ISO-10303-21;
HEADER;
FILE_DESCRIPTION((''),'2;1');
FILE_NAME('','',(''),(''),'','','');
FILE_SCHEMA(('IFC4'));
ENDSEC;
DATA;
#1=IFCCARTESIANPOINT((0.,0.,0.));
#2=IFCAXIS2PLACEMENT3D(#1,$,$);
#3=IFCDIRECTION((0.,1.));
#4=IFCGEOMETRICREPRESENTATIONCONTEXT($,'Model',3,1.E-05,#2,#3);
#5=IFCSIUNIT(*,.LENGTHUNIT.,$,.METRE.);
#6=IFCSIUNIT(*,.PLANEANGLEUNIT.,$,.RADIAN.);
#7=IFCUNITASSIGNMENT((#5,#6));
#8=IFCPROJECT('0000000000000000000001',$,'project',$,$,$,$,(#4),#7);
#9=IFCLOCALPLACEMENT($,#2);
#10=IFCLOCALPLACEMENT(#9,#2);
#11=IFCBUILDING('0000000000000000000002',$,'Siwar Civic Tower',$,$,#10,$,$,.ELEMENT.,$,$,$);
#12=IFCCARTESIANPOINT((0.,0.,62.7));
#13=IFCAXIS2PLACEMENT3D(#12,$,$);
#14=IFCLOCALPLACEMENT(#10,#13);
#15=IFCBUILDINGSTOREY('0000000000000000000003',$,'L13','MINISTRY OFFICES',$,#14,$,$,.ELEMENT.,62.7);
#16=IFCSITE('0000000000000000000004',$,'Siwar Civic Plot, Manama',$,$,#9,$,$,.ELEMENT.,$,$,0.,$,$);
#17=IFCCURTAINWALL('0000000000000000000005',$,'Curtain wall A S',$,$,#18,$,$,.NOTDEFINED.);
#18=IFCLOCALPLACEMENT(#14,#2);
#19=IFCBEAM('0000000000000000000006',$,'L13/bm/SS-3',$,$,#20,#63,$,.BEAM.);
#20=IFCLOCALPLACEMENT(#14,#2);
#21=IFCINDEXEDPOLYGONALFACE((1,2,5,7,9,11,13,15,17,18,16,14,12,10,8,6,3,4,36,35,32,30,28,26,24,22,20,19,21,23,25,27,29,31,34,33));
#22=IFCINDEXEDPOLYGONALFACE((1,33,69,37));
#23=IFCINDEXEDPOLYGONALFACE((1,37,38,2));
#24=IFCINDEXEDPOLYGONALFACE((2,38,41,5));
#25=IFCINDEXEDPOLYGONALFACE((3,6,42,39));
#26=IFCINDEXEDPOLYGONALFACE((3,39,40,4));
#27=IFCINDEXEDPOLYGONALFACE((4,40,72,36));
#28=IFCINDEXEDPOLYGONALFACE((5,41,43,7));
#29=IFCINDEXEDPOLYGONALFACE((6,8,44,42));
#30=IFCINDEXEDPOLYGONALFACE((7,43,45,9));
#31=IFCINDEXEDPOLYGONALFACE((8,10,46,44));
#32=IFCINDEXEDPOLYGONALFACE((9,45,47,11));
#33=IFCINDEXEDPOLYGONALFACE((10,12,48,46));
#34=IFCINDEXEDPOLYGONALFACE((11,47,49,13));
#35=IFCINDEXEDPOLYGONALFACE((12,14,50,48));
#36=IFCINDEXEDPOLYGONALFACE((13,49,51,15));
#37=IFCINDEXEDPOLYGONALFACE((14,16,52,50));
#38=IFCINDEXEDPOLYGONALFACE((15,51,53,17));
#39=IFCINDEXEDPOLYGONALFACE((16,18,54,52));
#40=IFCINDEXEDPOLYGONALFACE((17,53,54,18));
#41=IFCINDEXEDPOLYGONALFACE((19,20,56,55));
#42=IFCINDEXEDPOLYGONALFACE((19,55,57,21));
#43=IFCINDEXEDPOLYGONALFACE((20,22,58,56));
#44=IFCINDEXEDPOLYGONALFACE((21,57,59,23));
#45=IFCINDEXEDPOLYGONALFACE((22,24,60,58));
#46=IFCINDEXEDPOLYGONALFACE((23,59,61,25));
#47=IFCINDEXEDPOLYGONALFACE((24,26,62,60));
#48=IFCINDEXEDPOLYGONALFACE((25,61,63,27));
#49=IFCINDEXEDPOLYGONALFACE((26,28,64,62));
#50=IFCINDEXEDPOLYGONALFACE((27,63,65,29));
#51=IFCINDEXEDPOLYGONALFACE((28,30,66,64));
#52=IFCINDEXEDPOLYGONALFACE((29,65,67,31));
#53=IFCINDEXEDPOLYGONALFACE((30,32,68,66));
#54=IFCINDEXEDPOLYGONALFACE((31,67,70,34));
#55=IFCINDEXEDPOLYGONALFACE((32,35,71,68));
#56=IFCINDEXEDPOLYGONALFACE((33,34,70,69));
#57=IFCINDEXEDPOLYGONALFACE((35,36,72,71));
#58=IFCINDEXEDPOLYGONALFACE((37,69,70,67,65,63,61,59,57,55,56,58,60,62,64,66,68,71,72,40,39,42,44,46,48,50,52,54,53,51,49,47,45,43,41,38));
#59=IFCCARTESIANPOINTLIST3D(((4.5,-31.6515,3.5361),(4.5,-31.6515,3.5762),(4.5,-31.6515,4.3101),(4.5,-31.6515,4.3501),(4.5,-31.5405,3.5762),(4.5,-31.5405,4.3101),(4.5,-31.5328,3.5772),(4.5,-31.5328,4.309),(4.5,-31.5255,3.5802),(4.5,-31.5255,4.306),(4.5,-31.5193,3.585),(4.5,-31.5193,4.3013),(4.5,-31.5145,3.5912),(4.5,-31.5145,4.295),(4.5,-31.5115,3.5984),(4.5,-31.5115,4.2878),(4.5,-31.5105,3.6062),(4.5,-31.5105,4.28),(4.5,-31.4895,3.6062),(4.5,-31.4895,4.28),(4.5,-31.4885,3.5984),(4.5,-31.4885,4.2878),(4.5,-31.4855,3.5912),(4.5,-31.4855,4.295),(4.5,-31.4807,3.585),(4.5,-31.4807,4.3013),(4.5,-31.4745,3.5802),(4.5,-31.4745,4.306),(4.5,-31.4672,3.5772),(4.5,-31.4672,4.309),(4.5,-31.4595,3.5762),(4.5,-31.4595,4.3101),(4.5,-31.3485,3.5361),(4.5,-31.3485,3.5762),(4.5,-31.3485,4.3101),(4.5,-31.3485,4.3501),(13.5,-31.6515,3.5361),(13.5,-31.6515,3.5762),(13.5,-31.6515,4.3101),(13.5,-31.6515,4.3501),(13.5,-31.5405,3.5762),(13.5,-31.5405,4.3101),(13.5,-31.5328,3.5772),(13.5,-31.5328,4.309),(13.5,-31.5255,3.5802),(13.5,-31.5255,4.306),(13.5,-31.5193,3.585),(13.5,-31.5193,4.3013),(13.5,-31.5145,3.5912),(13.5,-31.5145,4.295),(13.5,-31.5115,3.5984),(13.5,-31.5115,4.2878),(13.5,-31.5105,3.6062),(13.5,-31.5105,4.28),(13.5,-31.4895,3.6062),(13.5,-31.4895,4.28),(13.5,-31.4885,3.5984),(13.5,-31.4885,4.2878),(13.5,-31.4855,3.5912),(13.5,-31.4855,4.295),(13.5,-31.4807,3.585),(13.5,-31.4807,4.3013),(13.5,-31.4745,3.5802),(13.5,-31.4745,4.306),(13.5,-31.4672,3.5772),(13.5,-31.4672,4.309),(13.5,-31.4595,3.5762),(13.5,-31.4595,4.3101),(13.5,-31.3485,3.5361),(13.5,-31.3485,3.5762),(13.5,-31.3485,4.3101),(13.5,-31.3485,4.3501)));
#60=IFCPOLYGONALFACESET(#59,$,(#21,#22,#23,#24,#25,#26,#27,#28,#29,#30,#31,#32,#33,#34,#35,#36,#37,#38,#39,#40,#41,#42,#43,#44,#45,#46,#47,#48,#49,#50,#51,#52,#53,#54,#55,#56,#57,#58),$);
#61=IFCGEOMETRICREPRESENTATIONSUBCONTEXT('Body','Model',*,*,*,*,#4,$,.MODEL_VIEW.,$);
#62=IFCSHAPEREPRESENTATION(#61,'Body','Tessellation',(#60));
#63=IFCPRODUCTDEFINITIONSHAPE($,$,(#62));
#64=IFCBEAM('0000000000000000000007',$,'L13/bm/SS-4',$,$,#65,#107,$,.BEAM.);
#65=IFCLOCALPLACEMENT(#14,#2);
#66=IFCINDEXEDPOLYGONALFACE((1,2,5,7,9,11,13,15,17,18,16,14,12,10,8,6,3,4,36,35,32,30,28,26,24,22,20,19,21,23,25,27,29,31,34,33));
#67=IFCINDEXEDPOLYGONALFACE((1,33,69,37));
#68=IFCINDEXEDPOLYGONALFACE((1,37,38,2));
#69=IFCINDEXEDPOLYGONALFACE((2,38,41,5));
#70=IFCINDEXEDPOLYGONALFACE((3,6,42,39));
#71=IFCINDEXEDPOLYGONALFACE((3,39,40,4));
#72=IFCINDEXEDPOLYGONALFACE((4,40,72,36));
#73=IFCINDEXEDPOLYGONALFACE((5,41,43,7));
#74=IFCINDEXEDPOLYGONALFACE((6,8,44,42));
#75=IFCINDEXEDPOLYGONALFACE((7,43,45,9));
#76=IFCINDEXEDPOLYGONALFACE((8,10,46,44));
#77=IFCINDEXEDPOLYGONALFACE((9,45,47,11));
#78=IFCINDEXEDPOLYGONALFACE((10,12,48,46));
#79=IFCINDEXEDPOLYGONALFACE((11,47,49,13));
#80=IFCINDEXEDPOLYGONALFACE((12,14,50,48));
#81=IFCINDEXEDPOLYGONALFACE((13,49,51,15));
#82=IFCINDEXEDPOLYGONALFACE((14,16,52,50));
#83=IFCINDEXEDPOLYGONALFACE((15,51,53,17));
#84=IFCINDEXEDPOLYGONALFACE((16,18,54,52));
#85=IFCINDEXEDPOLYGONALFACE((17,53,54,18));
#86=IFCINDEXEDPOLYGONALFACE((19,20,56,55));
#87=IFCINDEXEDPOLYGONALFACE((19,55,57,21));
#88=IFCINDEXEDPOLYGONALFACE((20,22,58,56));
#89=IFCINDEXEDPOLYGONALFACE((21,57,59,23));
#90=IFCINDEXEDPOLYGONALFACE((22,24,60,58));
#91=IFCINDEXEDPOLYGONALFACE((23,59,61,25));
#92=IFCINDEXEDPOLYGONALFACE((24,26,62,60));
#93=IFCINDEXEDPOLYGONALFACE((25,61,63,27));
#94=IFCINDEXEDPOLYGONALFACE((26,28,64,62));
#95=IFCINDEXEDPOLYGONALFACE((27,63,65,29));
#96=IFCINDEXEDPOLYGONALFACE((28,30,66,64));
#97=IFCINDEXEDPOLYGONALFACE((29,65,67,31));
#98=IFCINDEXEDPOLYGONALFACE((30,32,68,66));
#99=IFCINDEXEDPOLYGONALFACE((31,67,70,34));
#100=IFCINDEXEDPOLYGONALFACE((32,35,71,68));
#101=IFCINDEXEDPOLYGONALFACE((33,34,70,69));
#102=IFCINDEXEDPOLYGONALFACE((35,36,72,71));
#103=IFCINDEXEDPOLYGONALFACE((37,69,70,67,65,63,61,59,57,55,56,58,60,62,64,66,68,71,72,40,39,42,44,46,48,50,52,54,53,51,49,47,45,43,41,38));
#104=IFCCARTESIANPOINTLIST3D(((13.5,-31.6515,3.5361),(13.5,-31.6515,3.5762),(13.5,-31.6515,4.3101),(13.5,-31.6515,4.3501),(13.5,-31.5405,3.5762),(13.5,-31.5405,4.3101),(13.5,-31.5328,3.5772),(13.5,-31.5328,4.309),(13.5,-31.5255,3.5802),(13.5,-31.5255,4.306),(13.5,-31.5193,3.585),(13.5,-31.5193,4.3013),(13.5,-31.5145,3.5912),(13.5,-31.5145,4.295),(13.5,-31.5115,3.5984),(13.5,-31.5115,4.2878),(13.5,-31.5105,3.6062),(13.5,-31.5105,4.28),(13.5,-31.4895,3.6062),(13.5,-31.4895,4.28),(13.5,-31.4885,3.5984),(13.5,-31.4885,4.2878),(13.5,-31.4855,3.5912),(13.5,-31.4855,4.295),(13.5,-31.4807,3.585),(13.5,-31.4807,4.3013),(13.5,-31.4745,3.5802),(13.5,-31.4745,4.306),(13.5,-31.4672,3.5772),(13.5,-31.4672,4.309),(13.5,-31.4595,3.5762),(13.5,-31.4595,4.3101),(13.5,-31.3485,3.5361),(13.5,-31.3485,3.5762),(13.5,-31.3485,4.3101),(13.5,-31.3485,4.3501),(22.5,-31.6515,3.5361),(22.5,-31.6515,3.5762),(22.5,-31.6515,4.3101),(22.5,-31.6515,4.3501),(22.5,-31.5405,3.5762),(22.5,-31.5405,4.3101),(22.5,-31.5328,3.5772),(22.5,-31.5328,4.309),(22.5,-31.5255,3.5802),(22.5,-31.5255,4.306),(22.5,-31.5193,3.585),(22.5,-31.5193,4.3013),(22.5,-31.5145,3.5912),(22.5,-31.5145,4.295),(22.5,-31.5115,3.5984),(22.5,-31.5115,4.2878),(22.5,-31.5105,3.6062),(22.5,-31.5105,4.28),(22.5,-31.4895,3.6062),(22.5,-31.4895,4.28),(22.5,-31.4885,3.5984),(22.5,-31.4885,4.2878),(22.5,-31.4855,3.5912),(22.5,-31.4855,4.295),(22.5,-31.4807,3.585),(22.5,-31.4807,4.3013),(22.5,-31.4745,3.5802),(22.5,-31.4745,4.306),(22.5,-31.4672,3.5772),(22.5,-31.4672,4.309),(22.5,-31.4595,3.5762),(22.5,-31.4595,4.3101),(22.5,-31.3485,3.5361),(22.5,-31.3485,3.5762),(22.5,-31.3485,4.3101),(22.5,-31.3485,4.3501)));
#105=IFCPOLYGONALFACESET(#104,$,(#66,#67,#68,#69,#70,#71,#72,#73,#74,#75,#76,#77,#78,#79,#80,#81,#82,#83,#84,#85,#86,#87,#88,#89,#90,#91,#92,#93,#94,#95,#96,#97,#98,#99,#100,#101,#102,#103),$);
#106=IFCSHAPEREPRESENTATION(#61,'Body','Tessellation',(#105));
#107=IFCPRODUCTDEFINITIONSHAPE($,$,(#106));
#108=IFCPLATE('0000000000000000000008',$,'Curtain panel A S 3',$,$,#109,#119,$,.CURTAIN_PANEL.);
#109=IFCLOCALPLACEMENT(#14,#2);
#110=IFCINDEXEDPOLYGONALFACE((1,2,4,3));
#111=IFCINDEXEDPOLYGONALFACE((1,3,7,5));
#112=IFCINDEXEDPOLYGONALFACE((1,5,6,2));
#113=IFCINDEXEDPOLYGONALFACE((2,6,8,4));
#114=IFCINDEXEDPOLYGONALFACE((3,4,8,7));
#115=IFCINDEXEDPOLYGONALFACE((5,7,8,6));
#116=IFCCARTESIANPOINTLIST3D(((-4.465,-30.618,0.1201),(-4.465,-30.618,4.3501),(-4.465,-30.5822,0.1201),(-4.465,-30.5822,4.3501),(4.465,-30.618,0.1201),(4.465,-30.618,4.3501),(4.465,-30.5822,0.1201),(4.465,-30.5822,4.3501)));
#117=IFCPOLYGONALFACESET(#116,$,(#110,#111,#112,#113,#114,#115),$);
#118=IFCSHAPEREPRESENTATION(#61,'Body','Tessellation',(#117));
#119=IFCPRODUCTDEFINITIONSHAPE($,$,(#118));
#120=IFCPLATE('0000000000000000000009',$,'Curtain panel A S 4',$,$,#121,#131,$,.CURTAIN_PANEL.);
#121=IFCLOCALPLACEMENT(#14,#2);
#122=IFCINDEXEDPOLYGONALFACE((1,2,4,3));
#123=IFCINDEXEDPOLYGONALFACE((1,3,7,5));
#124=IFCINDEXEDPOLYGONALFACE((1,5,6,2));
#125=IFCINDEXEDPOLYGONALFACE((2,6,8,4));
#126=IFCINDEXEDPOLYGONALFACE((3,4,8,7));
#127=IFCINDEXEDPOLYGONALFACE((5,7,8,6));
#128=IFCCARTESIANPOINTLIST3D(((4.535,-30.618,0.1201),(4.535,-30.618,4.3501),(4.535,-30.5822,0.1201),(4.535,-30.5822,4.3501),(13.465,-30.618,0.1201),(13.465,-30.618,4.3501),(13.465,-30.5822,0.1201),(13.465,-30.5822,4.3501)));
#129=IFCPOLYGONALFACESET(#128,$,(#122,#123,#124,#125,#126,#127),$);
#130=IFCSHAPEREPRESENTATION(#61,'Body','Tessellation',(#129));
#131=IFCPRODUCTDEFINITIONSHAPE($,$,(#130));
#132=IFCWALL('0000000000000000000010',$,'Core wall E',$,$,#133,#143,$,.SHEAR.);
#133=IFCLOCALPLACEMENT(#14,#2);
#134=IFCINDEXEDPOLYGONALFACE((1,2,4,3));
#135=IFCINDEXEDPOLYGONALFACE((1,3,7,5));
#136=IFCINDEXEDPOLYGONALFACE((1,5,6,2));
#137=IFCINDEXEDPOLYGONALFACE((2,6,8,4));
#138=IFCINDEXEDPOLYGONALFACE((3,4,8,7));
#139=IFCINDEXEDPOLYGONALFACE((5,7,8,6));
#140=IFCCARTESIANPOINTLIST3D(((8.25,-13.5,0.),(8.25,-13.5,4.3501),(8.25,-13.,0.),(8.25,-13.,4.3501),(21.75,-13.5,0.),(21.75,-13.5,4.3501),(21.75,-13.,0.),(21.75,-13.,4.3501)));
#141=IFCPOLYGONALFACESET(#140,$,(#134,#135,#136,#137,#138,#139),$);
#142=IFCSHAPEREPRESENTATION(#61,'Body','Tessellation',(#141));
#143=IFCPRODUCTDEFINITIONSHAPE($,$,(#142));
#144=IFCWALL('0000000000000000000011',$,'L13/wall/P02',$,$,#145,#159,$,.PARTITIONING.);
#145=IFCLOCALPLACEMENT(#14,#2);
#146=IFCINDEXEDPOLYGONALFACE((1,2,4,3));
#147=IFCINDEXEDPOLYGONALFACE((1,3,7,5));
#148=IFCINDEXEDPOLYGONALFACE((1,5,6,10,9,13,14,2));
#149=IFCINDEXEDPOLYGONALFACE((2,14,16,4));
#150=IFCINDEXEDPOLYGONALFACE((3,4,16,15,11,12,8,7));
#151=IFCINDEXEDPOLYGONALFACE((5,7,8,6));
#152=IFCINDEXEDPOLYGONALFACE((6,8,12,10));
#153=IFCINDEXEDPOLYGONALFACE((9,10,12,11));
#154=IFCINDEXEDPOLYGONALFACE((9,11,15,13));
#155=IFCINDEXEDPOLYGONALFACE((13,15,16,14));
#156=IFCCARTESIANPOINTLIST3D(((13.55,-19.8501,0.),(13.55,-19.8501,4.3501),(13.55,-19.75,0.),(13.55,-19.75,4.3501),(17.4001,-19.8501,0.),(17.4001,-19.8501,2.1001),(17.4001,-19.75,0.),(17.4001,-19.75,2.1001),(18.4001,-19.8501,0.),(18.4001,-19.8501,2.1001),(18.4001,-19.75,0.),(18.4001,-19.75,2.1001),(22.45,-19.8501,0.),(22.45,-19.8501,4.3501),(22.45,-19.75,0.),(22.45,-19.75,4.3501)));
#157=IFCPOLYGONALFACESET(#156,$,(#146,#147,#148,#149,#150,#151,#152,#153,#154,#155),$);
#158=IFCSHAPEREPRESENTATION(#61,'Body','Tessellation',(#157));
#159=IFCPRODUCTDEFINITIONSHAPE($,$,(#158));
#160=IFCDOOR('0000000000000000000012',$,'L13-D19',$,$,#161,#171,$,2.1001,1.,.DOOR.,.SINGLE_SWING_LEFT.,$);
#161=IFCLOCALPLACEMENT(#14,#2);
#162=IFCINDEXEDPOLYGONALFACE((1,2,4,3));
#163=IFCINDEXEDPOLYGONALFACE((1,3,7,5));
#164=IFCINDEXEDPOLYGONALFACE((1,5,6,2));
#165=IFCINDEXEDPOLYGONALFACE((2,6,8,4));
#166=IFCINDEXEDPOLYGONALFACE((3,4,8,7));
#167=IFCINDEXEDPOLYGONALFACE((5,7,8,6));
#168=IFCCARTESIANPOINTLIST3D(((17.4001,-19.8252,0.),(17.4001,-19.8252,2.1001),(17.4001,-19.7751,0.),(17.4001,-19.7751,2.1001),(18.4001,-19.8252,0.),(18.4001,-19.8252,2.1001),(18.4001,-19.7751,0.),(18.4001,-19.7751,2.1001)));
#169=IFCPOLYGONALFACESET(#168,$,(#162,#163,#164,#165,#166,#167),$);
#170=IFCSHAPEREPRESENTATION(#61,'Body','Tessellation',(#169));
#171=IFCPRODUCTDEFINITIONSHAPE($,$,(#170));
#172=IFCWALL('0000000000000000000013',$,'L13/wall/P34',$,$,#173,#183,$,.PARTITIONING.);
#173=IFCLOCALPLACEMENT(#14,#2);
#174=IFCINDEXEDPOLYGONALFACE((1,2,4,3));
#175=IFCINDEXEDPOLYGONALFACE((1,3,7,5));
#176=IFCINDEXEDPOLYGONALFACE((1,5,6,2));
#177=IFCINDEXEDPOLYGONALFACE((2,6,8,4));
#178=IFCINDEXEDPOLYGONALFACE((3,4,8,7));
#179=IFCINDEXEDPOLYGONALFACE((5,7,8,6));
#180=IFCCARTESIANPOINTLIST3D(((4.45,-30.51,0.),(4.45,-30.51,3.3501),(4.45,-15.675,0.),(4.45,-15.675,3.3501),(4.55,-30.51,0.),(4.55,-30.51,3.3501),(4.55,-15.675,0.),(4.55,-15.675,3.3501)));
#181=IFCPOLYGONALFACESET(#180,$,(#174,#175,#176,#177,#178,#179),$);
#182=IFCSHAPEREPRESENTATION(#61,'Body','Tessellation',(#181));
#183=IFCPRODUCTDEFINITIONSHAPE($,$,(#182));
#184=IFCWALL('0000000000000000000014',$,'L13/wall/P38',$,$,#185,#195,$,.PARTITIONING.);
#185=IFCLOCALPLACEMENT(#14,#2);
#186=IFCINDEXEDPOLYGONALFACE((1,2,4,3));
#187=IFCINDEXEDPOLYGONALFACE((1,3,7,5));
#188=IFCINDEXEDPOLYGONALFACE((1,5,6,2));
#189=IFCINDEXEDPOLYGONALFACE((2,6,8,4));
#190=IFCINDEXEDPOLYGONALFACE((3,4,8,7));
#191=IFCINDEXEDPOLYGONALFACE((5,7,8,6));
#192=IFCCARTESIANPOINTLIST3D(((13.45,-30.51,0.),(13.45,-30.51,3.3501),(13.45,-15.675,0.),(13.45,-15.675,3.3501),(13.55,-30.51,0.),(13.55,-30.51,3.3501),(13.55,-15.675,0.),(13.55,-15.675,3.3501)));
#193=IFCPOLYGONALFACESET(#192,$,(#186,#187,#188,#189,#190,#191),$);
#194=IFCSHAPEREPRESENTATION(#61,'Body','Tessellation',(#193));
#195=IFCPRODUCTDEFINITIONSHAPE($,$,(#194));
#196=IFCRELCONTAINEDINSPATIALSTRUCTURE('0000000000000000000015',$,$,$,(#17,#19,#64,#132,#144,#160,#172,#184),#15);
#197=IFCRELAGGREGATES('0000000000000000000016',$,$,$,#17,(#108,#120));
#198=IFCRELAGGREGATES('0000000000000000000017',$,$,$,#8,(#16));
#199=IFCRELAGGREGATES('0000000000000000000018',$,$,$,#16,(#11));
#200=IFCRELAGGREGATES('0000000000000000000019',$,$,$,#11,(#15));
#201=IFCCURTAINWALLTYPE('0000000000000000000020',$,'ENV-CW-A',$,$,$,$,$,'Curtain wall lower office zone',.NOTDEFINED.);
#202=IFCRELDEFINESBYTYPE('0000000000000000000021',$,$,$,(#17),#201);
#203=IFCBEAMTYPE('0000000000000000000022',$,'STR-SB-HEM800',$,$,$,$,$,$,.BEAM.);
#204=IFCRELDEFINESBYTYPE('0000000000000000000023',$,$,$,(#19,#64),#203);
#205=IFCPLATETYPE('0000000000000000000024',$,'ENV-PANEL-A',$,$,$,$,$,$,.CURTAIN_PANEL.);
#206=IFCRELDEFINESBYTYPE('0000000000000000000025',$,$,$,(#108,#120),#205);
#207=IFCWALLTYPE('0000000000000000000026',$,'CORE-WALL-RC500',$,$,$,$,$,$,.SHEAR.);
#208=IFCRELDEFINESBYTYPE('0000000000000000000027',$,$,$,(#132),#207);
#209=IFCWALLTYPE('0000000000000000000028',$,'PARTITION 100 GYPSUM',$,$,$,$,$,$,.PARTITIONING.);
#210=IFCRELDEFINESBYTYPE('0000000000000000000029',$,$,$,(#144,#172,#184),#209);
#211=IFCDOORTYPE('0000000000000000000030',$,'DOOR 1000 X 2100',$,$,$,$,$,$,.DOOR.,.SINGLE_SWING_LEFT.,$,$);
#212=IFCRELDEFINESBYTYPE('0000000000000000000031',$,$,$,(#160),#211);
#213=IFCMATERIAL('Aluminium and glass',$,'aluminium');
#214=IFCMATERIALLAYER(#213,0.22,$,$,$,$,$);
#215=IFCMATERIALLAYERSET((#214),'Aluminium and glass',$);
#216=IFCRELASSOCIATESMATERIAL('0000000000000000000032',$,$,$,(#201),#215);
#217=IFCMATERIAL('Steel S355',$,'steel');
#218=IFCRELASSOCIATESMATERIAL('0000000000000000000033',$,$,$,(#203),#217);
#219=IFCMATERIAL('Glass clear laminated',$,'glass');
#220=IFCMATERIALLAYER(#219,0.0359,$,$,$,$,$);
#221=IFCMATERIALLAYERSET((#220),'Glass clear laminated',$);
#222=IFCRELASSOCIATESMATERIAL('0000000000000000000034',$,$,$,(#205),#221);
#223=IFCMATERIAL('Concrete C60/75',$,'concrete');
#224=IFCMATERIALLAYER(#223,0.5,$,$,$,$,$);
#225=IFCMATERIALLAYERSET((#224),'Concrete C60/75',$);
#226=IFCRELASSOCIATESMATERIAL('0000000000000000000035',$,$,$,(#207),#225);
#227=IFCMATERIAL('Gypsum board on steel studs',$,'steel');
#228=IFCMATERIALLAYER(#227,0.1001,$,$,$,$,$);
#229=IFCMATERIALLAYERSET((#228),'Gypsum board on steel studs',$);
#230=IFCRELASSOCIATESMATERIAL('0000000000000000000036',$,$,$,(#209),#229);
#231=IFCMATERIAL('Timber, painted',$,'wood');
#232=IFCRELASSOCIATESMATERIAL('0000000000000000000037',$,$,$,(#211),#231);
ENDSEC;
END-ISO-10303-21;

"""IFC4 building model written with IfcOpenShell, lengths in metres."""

from ifc_helpers import new_model, si_unit, direction, frame, frame_2d, origin, origin_2d, place, context, subcontext, project, spatial, rectangle, i_section, extrude, material, layer, layer_set, material_profile, profile_set, type_object, element, fill, aggregate, save


model = new_model("IFC4")

# Units and contexts
model_context = context("Model", 3, precision=1e-05, world=origin(), true_north=direction((0.0, 1.0)))
body_context = subcontext(model_context, "Body", "Model", "MODEL_VIEW")
ifc_project = project(units=[si_unit("LENGTHUNIT", "METRE"), si_unit("PLANEANGLEUNIT", "RADIAN")], contexts=[model_context])

# Site, building, storey
site_placement = place(None, origin())
site = spatial("IfcSite", under=ifc_project, at=site_placement, Name="Siwar Civic Plot, Manama", CompositionType="ELEMENT", RefElevation=0.0)
building_placement = place(site_placement, origin())
building = spatial("IfcBuilding", under=site, at=building_placement, Name="Siwar Civic Tower", CompositionType="ELEMENT")
storey_placement = place(building_placement, frame((0.0, 0.0, 62.7)))
storey = spatial("IfcBuildingStorey", under=building, at=storey_placement, Name="L13", Description="MINISTRY OFFICES", CompositionType="ELEMENT", Elevation=62.7)

# Curtain wall
ifc_material_1 = material(Name="Aluminium and glass", Category="aluminium")
ifc_layer_1 = layer(ifc_material_1, 0.22)
ifc_layer_set_1 = layer_set([ifc_layer_1], Name="Aluminium and glass")
curtain_wall_type = type_object("IfcCurtainWallType", Name="ENV-CW-A", ElementType="Curtain wall lower office zone", PredefinedType="NOTDEFINED", material=ifc_layer_set_1)
curtain_wall_placement = place(storey_placement, origin())
curtain_wall = element("IfcCurtainWall", 1, at=curtain_wall_placement, inside=storey, type_object=curtain_wall_type, Name="Curtain wall A S", PredefinedType="NOTDEFINED")

# Beams
ifc_material_2 = material(Name="Steel S355", Category="steel")
ifc_material_profile_1 = material_profile(ifc_material_2, i_section(OverallWidth=0.303, OverallDepth=0.814, WebThickness=0.021, FlangeThickness=0.04, FilletRadius=0.03, at=origin_2d()), Name="HEM800")
ifc_profile_set_1 = profile_set([ifc_material_profile_1], Name="Steel S355")
beam_type_1 = type_object("IfcBeamType", Name="STR-SB-HEM800", PredefinedType="BEAM", material=ifc_profile_set_1)
for number, where, z_axis, x_axis, name in (
    (2, (4.5, -31.5, 3.9431), (1.0, 0.0, 0.0), (0.0, 1.0, 0.0), "L13/bm/SS-3"),
    (3, (13.5, -31.5, 3.9431), (1.0, 0.0, 0.0), (0.0, 1.0, 0.0), "L13/bm/SS-4"),
):
    element("IfcBeam", number, at=place(storey_placement, frame(where, z_axis=z_axis, x_axis=x_axis)), inside=storey, type_object=beam_type_1, Name=name, PredefinedType="BEAM", context=body_context, shape_type="SweptSolid", body=[
        extrude(i_section(OverallWidth=0.303, OverallDepth=0.814, WebThickness=0.021, FlangeThickness=0.04, FilletRadius=0.03, at=origin_2d()), origin(), (0.0, 0.0, 1.0), 9.0),
    ])

# Plates
ifc_material_3 = material(Name="Glass clear laminated", Category="glass")
ifc_layer_2 = layer(ifc_material_3, 0.0359)
ifc_layer_set_2 = layer_set([ifc_layer_2], Name="Glass clear laminated")
plate_type = type_object("IfcPlateType", Name="ENV-PANEL-A", PredefinedType="CURTAIN_PANEL", material=ifc_layer_set_2)
plate_1_placement = place(storey_placement, frame((0.0, -30.6001, 0.1201), z_axis=(0.0, 0.0, 1.0), x_axis=(1.0, 0.0, 0.0)))
plate_1 = element("IfcPlate", 4, at=plate_1_placement, type_object=plate_type, Name="Curtain panel A S 3", PredefinedType="CURTAIN_PANEL", context=body_context, shape_type="SweptSolid", body=[
    extrude(rectangle(XDim=8.9299, YDim=0.0359, at=origin_2d()), origin(), (0.0, 0.0, 1.0), 4.23),
])
plate_2_placement = place(storey_placement, frame((9.0, -30.6001, 0.1201), z_axis=(0.0, 0.0, 1.0), x_axis=(1.0, 0.0, 0.0)))
plate_2 = element("IfcPlate", 5, at=plate_2_placement, type_object=plate_type, Name="Curtain panel A S 4", PredefinedType="CURTAIN_PANEL", context=body_context, shape_type="SweptSolid", body=[
    extrude(rectangle(XDim=8.9299, YDim=0.0359, at=origin_2d()), origin(), (0.0, 0.0, 1.0), 4.23),
])
aggregate(curtain_wall, [plate_1, plate_2])

# Wall
ifc_material_4 = material(Name="Concrete C60/75", Category="concrete")
ifc_layer_3 = layer(ifc_material_4, 0.5)
ifc_layer_set_3 = layer_set([ifc_layer_3], Name="Concrete C60/75")
wall_type_1 = type_object("IfcWallType", Name="CORE-WALL-RC500", PredefinedType="SHEAR", material=ifc_layer_set_3)
wall_1_placement = place(storey_placement, frame((8.25, -13.25, 0.0), z_axis=(0.0, 0.0, 1.0), x_axis=(1.0, 0.0, 0.0)))
element("IfcWall", 6, at=wall_1_placement, inside=storey, type_object=wall_type_1, Name="Core wall E", PredefinedType="SHEAR", context=body_context, shape_type="SweptSolid", body=[
    extrude(rectangle(XDim=13.5, YDim=0.5, at=frame_2d((6.75, 0.0))), origin(), (0.0, 0.0, 1.0), 4.3501),
])

# Wall, opening, door
ifc_material_5 = material(Name="Gypsum board on steel studs", Category="steel")
ifc_layer_4 = layer(ifc_material_5, 0.1001)
ifc_layer_set_4 = layer_set([ifc_layer_4], Name="Gypsum board on steel studs")
wall_type_2 = type_object("IfcWallType", Name="PARTITION 100 GYPSUM", PredefinedType="PARTITIONING", material=ifc_layer_set_4)
wall_2_placement = place(storey_placement, frame((13.55, -19.8, 0.0), z_axis=(0.0, 0.0, 1.0), x_axis=(1.0, 0.0, 0.0)))
wall_2 = element("IfcWall", 7, at=wall_2_placement, inside=storey, type_object=wall_type_2, Name="L13/wall/P02", PredefinedType="PARTITIONING", context=body_context, shape_type="SweptSolid", body=[
    extrude(rectangle(XDim=8.8999, YDim=0.1001, at=frame_2d((4.45, 0.0))), origin(), (0.0, 0.0, 1.0), 4.3501),
])
opening_placement = place(wall_2_placement, frame((3.8501, 0.0, 0.0)))
opening = element("IfcOpeningElement", 8, at=opening_placement, cuts=wall_2, PredefinedType="OPENING", context=body_context, shape_type="SweptSolid", body=[
    extrude(rectangle(XDim=1.0, YDim=2.1001, at=frame_2d((0.5, 1.05))), frame((0.0, 0.0601, 0.0), z_axis=(0.0, -1.0, 0.0), x_axis=(1.0, 0.0, 0.0)), (0.0, 0.0, 1.0), 0.1201),
])
ifc_material_6 = material(Name="Timber, painted", Category="wood")
door_type = type_object("IfcDoorType", Name="DOOR 1000 X 2100", OperationType="SINGLE_SWING_LEFT", PredefinedType="DOOR", material=ifc_material_6)
door_placement = place(opening_placement, origin())
door = element("IfcDoor", 9, at=door_placement, inside=storey, type_object=door_type, Name="L13-D19", OperationType="SINGLE_SWING_LEFT", OverallHeight=2.1001, OverallWidth=1.0, PredefinedType="DOOR", context=body_context, shape_type="SweptSolid", body=[
    extrude(rectangle(XDim=1.0, YDim=2.1001, at=frame_2d((0.5, 1.05))), frame((0.0, 0.0249, 0.0), z_axis=(0.0, -1.0, 0.0), x_axis=(1.0, 0.0, 0.0)), (0.0, 0.0, 1.0), 0.05),
])
fill(opening, door)

# Walls
for number, where, z_axis, x_axis, name in (
    (10, (4.5, -30.51, 0.0), (0.0, 0.0, 1.0), (0.0, 1.0, 0.0), "L13/wall/P34"),
    (11, (13.5, -30.51, 0.0), (0.0, 0.0, 1.0), (0.0, 1.0, 0.0), "L13/wall/P38"),
):
    element("IfcWall", number, at=place(storey_placement, frame(where, z_axis=z_axis, x_axis=x_axis)), inside=storey, type_object=wall_type_2, Name=name, PredefinedType="PARTITIONING", context=body_context, shape_type="SweptSolid", body=[
        extrude(rectangle(XDim=14.835, YDim=0.1001, at=frame_2d((7.4175, 0.0))), origin(), (0.0, 0.0, 1.0), 3.3501),
    ])

save(model, "model.ifc")
